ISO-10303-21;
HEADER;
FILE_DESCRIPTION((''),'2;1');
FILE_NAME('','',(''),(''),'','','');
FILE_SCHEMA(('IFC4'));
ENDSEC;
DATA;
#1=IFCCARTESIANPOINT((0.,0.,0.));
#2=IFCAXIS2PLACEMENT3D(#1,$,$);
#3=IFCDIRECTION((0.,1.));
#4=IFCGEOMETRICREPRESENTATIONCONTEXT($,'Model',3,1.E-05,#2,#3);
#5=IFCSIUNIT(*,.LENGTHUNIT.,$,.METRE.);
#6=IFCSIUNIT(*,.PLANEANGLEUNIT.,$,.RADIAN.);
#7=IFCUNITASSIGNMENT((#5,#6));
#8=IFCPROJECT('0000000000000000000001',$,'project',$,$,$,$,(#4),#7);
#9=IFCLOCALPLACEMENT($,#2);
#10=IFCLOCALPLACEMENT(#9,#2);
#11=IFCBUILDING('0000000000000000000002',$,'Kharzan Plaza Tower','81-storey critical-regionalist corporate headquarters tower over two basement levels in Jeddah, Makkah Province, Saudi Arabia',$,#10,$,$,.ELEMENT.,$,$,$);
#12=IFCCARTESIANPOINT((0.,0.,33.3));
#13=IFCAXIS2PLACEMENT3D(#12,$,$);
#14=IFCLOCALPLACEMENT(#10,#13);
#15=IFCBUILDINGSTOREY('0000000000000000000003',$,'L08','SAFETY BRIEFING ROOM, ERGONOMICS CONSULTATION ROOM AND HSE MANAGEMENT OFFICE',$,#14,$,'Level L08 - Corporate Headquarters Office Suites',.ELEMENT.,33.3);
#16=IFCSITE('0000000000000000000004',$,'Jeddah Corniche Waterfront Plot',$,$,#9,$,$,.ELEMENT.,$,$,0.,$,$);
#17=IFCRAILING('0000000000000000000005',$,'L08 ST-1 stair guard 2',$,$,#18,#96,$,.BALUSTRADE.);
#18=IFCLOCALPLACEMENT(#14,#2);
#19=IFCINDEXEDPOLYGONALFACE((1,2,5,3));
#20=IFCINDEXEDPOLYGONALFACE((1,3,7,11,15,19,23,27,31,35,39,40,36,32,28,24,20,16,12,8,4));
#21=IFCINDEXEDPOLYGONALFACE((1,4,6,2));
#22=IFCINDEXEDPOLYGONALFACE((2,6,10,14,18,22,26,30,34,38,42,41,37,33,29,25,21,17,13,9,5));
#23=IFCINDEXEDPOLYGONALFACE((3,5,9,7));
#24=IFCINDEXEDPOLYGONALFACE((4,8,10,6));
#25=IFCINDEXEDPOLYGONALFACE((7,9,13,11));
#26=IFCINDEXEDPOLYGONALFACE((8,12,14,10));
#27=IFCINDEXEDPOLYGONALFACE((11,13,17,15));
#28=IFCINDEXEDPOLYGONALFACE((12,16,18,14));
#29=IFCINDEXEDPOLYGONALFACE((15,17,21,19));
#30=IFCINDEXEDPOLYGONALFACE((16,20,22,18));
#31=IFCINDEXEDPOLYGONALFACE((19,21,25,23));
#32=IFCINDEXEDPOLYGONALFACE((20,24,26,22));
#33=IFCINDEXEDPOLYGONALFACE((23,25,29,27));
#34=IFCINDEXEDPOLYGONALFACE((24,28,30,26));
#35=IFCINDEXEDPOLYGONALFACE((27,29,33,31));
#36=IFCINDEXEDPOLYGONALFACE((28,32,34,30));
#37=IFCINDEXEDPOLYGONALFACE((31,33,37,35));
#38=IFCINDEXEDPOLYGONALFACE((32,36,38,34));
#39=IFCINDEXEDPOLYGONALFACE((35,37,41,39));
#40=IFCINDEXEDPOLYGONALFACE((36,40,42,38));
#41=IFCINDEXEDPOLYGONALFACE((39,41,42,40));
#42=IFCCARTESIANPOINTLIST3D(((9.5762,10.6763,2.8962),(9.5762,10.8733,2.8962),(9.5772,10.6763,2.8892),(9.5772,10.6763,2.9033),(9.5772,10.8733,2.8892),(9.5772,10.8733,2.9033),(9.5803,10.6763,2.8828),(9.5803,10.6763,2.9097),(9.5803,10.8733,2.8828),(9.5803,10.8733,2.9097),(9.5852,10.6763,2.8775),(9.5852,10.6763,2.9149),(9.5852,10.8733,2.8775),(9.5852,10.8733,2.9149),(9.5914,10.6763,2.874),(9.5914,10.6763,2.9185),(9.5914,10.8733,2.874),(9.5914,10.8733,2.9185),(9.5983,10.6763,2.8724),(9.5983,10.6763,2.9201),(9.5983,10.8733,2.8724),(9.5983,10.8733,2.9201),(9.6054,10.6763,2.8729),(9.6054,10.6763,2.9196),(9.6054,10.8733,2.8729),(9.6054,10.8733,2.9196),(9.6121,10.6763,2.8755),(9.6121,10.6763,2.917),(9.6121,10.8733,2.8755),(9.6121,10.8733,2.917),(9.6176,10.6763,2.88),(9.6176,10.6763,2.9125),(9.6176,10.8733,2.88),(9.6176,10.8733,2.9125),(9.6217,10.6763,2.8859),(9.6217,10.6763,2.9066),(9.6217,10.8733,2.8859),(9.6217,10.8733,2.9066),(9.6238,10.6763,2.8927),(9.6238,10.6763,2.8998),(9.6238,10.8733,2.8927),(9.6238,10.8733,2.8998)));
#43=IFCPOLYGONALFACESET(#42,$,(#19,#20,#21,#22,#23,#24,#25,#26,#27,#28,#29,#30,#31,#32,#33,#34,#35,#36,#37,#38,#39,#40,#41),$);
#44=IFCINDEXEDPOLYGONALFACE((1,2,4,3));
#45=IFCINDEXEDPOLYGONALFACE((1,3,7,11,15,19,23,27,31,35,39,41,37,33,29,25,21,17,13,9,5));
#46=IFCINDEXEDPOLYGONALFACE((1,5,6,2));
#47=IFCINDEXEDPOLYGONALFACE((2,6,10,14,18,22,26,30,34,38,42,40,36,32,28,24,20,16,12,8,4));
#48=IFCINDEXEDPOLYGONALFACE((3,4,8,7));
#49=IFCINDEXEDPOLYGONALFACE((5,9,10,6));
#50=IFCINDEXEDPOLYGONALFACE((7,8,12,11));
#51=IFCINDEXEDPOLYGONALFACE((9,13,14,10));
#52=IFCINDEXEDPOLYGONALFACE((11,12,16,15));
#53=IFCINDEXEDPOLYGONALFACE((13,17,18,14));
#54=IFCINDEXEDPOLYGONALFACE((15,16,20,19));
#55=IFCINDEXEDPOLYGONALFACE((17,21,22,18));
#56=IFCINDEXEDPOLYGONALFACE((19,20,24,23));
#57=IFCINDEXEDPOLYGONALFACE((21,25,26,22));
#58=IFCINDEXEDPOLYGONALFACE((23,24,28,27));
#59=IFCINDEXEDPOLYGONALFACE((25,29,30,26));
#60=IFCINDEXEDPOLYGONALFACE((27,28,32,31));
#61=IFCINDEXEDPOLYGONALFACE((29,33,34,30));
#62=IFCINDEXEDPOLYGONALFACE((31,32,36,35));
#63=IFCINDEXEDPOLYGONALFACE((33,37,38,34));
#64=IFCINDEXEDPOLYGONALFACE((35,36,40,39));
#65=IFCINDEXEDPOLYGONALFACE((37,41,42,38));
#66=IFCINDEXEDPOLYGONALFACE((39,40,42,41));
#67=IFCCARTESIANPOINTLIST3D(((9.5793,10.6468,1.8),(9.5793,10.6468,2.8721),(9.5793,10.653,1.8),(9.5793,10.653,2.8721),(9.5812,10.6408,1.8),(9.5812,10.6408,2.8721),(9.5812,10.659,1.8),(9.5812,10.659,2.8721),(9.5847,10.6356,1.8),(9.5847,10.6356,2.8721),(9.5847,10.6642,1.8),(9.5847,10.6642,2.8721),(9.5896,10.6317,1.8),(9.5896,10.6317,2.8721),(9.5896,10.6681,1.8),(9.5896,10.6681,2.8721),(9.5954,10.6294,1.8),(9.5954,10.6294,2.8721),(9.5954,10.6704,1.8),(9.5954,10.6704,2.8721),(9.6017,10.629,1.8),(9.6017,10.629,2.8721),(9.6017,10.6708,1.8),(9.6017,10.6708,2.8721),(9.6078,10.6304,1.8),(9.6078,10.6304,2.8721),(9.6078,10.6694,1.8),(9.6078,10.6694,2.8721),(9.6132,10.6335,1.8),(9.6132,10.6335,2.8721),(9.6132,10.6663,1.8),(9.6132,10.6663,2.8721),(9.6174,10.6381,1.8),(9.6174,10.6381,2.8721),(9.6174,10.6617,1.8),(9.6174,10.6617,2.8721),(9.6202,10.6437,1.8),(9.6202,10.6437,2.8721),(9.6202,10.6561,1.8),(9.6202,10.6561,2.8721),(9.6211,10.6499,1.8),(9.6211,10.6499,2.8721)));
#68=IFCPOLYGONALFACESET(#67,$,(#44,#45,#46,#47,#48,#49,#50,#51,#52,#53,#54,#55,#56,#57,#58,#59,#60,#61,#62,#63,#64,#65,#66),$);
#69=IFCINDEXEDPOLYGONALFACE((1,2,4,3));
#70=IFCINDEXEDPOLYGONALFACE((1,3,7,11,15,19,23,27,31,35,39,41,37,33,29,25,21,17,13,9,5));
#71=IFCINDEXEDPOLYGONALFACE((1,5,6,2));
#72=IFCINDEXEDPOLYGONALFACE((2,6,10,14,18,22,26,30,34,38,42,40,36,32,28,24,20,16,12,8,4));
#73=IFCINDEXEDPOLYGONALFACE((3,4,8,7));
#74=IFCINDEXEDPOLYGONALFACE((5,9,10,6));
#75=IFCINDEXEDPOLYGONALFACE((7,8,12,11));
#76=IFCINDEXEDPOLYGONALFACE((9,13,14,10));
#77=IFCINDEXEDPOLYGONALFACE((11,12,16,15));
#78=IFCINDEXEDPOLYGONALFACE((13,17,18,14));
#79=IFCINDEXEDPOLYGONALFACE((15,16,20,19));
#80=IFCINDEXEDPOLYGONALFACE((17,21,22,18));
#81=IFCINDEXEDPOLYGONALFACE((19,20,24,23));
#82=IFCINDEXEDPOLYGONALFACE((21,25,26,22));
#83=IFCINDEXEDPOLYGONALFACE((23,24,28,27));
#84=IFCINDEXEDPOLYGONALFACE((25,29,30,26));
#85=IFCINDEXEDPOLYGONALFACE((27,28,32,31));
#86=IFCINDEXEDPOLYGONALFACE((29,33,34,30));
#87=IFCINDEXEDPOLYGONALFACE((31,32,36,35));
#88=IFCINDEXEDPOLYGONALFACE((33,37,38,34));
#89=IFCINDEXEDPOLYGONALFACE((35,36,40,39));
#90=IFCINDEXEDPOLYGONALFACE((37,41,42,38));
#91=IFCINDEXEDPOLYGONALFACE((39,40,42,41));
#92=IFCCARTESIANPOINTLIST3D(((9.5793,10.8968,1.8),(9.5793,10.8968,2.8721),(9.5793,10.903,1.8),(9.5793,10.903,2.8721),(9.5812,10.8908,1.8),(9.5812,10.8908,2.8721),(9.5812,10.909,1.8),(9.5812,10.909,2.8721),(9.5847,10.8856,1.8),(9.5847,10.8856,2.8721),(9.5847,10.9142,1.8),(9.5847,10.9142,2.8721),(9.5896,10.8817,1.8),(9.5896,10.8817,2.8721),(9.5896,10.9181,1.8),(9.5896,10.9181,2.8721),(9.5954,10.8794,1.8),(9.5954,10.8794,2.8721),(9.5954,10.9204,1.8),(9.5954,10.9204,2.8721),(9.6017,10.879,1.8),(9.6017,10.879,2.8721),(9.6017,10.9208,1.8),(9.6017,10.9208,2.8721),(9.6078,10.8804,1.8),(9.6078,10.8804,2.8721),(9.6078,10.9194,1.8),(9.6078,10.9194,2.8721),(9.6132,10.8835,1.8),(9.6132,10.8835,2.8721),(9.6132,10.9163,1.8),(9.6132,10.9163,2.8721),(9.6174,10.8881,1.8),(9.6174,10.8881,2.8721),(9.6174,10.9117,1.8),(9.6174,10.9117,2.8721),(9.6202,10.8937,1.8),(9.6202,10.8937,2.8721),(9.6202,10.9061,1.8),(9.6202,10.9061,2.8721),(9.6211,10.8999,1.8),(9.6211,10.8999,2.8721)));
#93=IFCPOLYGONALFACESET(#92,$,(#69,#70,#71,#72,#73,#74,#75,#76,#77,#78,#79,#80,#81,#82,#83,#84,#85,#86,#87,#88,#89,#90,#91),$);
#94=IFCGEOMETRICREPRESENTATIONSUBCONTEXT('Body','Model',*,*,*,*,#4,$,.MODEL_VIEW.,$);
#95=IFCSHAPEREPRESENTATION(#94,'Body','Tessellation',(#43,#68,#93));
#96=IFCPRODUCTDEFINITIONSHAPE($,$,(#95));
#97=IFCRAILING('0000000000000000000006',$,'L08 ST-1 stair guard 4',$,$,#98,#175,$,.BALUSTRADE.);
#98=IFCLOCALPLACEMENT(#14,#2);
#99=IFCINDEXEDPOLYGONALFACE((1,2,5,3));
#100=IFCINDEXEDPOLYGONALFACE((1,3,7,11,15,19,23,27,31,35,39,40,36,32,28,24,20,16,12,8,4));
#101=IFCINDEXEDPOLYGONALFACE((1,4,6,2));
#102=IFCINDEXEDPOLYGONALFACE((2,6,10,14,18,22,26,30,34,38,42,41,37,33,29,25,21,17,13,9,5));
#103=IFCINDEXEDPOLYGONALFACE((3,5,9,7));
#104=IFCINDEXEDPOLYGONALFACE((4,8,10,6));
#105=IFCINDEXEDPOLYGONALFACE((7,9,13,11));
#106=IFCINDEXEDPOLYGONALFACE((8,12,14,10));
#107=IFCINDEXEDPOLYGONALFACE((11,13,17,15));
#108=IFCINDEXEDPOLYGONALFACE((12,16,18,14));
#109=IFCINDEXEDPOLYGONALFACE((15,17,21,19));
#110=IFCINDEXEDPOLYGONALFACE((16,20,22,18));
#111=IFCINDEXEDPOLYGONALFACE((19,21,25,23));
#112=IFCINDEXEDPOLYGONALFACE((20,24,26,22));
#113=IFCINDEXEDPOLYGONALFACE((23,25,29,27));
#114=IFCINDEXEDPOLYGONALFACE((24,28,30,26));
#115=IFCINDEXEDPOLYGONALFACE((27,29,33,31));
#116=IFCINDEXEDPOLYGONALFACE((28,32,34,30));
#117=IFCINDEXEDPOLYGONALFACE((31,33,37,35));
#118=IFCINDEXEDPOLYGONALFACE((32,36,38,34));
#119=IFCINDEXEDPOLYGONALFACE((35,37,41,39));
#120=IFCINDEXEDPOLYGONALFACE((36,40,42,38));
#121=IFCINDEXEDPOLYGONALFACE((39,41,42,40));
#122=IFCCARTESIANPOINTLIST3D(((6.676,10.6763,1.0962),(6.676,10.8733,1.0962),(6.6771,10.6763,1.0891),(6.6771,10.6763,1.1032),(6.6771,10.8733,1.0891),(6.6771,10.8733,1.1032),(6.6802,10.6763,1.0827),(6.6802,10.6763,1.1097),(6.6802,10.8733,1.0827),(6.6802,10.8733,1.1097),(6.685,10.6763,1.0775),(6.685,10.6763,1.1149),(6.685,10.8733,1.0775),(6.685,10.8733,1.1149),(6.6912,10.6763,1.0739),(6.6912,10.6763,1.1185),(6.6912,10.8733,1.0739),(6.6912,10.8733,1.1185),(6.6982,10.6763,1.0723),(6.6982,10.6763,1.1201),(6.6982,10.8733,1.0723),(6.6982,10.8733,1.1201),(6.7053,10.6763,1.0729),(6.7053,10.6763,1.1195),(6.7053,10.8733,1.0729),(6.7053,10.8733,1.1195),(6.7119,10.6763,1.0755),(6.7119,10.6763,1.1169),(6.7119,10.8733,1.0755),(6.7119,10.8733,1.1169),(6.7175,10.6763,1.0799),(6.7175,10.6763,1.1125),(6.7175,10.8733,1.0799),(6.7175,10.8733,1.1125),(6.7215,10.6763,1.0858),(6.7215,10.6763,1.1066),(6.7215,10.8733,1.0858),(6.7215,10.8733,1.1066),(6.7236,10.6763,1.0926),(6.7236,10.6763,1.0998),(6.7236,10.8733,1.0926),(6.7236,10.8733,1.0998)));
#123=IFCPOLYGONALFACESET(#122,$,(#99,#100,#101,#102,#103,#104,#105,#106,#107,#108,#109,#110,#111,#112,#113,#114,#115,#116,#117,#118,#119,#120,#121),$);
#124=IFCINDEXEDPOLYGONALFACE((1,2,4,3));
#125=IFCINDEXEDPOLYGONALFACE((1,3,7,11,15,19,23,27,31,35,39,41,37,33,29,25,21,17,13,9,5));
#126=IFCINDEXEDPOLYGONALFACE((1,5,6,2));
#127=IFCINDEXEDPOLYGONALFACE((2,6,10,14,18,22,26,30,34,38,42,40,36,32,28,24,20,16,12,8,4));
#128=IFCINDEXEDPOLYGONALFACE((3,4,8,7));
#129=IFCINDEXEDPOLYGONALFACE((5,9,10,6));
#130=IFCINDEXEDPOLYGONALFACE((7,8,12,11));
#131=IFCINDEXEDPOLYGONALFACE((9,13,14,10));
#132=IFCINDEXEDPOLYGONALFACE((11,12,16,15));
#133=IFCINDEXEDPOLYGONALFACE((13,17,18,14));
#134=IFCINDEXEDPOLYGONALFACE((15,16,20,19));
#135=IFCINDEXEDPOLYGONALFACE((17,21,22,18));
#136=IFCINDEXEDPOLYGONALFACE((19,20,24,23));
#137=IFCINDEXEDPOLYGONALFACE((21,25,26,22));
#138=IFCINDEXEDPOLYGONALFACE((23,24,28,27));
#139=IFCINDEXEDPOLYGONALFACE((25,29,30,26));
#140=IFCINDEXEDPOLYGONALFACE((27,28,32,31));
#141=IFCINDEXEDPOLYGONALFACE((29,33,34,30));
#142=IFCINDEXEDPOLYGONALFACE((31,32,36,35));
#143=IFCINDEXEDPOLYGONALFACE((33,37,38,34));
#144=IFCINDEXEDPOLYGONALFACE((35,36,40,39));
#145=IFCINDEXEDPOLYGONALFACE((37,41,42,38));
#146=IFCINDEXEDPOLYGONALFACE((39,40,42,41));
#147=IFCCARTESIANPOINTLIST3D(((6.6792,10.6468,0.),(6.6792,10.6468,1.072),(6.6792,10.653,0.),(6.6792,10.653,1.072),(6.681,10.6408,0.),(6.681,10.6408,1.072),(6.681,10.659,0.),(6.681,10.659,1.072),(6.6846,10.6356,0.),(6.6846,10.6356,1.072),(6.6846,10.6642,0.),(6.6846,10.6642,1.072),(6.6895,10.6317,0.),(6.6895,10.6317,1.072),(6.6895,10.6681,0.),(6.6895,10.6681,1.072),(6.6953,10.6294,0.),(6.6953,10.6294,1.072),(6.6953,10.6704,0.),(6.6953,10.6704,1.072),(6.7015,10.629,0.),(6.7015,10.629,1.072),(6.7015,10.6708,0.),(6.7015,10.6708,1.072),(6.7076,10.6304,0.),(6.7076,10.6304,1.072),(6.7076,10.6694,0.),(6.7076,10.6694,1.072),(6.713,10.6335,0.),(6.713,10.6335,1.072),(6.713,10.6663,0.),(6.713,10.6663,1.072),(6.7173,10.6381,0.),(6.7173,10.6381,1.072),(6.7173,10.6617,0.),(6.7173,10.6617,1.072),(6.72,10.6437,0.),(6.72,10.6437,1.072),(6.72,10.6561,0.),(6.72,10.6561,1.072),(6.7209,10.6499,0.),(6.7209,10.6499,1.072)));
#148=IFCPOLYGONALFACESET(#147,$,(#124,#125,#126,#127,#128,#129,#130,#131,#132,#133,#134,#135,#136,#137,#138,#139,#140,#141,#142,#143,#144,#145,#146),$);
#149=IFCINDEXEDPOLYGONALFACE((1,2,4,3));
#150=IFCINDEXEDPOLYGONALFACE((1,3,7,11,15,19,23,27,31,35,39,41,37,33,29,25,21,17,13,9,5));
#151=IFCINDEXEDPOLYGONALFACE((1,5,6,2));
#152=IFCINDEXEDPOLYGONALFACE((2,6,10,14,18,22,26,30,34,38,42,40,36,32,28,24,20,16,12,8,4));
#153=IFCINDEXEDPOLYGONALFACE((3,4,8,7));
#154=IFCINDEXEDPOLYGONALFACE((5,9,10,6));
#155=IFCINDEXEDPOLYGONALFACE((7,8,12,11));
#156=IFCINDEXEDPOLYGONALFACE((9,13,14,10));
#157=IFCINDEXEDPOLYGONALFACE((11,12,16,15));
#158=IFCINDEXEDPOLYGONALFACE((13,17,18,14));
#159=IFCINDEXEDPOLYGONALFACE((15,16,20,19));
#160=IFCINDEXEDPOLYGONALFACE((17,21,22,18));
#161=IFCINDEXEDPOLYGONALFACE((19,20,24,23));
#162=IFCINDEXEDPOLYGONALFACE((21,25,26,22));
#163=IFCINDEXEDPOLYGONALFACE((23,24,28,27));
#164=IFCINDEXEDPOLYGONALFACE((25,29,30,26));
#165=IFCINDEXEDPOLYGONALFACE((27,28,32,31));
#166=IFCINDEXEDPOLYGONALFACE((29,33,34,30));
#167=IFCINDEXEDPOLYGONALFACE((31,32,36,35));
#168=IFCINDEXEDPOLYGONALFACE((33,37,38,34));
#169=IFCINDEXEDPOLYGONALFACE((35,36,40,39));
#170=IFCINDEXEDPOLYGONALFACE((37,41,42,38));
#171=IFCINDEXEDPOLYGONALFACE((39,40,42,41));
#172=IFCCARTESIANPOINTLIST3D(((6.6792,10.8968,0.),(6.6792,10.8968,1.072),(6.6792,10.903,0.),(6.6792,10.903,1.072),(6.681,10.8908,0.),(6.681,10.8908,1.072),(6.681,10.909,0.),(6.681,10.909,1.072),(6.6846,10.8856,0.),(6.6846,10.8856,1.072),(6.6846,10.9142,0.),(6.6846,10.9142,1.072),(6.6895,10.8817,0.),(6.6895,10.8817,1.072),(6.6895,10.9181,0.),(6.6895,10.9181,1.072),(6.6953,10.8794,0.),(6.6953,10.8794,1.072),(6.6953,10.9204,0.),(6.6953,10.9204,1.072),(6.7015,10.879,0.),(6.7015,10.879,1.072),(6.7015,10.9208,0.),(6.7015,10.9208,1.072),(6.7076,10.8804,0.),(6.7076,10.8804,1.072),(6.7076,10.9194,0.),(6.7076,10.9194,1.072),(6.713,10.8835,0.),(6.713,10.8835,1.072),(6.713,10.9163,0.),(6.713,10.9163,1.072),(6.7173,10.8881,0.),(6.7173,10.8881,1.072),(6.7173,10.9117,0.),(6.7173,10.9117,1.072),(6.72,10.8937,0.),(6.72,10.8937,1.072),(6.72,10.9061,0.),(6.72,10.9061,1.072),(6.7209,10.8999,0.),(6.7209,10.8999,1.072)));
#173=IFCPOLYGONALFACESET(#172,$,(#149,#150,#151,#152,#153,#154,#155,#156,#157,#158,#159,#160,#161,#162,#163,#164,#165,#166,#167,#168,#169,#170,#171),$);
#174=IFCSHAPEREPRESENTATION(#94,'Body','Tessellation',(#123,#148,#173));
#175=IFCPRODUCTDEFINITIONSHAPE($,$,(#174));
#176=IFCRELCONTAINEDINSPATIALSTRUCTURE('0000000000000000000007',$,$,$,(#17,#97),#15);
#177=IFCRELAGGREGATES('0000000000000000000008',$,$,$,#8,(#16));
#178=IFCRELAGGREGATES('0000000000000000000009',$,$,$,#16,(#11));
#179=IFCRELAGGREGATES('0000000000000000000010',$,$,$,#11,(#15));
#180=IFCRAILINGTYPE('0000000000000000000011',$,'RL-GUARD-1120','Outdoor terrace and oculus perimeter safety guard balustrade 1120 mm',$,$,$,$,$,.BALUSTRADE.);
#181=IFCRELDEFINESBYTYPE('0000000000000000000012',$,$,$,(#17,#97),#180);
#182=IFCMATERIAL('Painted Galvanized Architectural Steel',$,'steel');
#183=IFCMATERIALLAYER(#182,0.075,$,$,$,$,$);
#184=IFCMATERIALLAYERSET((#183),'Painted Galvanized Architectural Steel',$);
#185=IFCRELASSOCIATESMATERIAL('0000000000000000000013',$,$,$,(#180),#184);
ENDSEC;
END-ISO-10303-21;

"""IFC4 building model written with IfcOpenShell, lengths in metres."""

from ifc_helpers import new_model, si_unit, direction, frame, origin, origin_2d, place, context, subcontext, project, spatial, circle, extrude, source, transform, mapped, material, layer, layer_set, type_object, element, save


model = new_model("IFC4")

# Units and contexts
model_context = context("Model", 3, precision=1e-05, world=origin(), true_north=direction((0.0, 1.0)))
body_context = subcontext(model_context, "Body", "Model", "MODEL_VIEW")
ifc_project = project(units=[si_unit("LENGTHUNIT", "METRE"), si_unit("PLANEANGLEUNIT", "RADIAN")], contexts=[model_context])

# Site, building, storey
site_placement = place(None, origin())
site = spatial("IfcSite", under=ifc_project, at=site_placement, Name="Jeddah Corniche Waterfront Plot", CompositionType="ELEMENT", RefElevation=0.0)
building_placement = place(site_placement, origin())
building = spatial("IfcBuilding", under=site, at=building_placement, Name="Kharzan Plaza Tower", Description="81-storey critical-regionalist corporate headquarters tower over two basement levels in Jeddah, Makkah Province, Saudi Arabia", CompositionType="ELEMENT")
storey_placement = place(building_placement, frame((0.0, 0.0, 33.3)))
storey = spatial("IfcBuildingStorey", under=building, at=storey_placement, Name="L08", Description="SAFETY BRIEFING ROOM, ERGONOMICS CONSULTATION ROOM AND HSE MANAGEMENT OFFICE", LongName="Level L08 - Corporate Headquarters Office Suites", CompositionType="ELEMENT", Elevation=33.3)

# Railings
ifc_material_1 = material(Name="Painted Galvanized Architectural Steel", Category="steel")
ifc_layer_1 = layer(ifc_material_1, 0.075)
ifc_layer_set_1 = layer_set([ifc_layer_1], Name="Painted Galvanized Architectural Steel")
railing_type_1 = type_object("IfcRailingType", Name="RL-GUARD-1120", Description="Outdoor terrace and oculus perimeter safety guard balustrade 1120 mm", PredefinedType="BALUSTRADE", material=ifc_layer_set_1)
shared_shape_1 = source(origin(), body_context, "Body", "SweptSolid", [
    extrude(circle(Radius=0.0239, at=origin_2d()), frame((0.0, 0.0264, 1.0962), z_axis=(0.0, 1.0, 0.0), x_axis=(-1.0, 0.0, 0.0)), (0.0, 0.0, 1.0), 0.197),
    extrude(circle(Radius=0.021, at=origin_2d()), origin(), (0.0, 0.0, 1.0), 1.072),
    extrude(circle(Radius=0.021, at=origin_2d()), frame((0.0, 0.25, 0.0)), (0.0, 0.0, 1.0), 1.072),
])
for number, where, name in (
    (1, (9.6001, 10.6499, 1.8), "L08 ST-1 stair guard 2"),
    (2, (6.7, 10.6499, 0.0), "L08 ST-1 stair guard 4"),
):
    element("IfcRailing", number, at=place(storey_placement, frame(where)), inside=storey, type_object=railing_type_1, Name=name, PredefinedType="BALUSTRADE", context=body_context, shape_type="MappedRepresentation", body=[
        mapped(shared_shape_1, transform((0.0, 0.0, 0.0), x_axis=(1.0, 0.0, 0.0), y_axis=(0.0, 1.0, 0.0), z_axis=(0.0, 0.0, 1.0))),
    ])

save(model, "model.ifc")
